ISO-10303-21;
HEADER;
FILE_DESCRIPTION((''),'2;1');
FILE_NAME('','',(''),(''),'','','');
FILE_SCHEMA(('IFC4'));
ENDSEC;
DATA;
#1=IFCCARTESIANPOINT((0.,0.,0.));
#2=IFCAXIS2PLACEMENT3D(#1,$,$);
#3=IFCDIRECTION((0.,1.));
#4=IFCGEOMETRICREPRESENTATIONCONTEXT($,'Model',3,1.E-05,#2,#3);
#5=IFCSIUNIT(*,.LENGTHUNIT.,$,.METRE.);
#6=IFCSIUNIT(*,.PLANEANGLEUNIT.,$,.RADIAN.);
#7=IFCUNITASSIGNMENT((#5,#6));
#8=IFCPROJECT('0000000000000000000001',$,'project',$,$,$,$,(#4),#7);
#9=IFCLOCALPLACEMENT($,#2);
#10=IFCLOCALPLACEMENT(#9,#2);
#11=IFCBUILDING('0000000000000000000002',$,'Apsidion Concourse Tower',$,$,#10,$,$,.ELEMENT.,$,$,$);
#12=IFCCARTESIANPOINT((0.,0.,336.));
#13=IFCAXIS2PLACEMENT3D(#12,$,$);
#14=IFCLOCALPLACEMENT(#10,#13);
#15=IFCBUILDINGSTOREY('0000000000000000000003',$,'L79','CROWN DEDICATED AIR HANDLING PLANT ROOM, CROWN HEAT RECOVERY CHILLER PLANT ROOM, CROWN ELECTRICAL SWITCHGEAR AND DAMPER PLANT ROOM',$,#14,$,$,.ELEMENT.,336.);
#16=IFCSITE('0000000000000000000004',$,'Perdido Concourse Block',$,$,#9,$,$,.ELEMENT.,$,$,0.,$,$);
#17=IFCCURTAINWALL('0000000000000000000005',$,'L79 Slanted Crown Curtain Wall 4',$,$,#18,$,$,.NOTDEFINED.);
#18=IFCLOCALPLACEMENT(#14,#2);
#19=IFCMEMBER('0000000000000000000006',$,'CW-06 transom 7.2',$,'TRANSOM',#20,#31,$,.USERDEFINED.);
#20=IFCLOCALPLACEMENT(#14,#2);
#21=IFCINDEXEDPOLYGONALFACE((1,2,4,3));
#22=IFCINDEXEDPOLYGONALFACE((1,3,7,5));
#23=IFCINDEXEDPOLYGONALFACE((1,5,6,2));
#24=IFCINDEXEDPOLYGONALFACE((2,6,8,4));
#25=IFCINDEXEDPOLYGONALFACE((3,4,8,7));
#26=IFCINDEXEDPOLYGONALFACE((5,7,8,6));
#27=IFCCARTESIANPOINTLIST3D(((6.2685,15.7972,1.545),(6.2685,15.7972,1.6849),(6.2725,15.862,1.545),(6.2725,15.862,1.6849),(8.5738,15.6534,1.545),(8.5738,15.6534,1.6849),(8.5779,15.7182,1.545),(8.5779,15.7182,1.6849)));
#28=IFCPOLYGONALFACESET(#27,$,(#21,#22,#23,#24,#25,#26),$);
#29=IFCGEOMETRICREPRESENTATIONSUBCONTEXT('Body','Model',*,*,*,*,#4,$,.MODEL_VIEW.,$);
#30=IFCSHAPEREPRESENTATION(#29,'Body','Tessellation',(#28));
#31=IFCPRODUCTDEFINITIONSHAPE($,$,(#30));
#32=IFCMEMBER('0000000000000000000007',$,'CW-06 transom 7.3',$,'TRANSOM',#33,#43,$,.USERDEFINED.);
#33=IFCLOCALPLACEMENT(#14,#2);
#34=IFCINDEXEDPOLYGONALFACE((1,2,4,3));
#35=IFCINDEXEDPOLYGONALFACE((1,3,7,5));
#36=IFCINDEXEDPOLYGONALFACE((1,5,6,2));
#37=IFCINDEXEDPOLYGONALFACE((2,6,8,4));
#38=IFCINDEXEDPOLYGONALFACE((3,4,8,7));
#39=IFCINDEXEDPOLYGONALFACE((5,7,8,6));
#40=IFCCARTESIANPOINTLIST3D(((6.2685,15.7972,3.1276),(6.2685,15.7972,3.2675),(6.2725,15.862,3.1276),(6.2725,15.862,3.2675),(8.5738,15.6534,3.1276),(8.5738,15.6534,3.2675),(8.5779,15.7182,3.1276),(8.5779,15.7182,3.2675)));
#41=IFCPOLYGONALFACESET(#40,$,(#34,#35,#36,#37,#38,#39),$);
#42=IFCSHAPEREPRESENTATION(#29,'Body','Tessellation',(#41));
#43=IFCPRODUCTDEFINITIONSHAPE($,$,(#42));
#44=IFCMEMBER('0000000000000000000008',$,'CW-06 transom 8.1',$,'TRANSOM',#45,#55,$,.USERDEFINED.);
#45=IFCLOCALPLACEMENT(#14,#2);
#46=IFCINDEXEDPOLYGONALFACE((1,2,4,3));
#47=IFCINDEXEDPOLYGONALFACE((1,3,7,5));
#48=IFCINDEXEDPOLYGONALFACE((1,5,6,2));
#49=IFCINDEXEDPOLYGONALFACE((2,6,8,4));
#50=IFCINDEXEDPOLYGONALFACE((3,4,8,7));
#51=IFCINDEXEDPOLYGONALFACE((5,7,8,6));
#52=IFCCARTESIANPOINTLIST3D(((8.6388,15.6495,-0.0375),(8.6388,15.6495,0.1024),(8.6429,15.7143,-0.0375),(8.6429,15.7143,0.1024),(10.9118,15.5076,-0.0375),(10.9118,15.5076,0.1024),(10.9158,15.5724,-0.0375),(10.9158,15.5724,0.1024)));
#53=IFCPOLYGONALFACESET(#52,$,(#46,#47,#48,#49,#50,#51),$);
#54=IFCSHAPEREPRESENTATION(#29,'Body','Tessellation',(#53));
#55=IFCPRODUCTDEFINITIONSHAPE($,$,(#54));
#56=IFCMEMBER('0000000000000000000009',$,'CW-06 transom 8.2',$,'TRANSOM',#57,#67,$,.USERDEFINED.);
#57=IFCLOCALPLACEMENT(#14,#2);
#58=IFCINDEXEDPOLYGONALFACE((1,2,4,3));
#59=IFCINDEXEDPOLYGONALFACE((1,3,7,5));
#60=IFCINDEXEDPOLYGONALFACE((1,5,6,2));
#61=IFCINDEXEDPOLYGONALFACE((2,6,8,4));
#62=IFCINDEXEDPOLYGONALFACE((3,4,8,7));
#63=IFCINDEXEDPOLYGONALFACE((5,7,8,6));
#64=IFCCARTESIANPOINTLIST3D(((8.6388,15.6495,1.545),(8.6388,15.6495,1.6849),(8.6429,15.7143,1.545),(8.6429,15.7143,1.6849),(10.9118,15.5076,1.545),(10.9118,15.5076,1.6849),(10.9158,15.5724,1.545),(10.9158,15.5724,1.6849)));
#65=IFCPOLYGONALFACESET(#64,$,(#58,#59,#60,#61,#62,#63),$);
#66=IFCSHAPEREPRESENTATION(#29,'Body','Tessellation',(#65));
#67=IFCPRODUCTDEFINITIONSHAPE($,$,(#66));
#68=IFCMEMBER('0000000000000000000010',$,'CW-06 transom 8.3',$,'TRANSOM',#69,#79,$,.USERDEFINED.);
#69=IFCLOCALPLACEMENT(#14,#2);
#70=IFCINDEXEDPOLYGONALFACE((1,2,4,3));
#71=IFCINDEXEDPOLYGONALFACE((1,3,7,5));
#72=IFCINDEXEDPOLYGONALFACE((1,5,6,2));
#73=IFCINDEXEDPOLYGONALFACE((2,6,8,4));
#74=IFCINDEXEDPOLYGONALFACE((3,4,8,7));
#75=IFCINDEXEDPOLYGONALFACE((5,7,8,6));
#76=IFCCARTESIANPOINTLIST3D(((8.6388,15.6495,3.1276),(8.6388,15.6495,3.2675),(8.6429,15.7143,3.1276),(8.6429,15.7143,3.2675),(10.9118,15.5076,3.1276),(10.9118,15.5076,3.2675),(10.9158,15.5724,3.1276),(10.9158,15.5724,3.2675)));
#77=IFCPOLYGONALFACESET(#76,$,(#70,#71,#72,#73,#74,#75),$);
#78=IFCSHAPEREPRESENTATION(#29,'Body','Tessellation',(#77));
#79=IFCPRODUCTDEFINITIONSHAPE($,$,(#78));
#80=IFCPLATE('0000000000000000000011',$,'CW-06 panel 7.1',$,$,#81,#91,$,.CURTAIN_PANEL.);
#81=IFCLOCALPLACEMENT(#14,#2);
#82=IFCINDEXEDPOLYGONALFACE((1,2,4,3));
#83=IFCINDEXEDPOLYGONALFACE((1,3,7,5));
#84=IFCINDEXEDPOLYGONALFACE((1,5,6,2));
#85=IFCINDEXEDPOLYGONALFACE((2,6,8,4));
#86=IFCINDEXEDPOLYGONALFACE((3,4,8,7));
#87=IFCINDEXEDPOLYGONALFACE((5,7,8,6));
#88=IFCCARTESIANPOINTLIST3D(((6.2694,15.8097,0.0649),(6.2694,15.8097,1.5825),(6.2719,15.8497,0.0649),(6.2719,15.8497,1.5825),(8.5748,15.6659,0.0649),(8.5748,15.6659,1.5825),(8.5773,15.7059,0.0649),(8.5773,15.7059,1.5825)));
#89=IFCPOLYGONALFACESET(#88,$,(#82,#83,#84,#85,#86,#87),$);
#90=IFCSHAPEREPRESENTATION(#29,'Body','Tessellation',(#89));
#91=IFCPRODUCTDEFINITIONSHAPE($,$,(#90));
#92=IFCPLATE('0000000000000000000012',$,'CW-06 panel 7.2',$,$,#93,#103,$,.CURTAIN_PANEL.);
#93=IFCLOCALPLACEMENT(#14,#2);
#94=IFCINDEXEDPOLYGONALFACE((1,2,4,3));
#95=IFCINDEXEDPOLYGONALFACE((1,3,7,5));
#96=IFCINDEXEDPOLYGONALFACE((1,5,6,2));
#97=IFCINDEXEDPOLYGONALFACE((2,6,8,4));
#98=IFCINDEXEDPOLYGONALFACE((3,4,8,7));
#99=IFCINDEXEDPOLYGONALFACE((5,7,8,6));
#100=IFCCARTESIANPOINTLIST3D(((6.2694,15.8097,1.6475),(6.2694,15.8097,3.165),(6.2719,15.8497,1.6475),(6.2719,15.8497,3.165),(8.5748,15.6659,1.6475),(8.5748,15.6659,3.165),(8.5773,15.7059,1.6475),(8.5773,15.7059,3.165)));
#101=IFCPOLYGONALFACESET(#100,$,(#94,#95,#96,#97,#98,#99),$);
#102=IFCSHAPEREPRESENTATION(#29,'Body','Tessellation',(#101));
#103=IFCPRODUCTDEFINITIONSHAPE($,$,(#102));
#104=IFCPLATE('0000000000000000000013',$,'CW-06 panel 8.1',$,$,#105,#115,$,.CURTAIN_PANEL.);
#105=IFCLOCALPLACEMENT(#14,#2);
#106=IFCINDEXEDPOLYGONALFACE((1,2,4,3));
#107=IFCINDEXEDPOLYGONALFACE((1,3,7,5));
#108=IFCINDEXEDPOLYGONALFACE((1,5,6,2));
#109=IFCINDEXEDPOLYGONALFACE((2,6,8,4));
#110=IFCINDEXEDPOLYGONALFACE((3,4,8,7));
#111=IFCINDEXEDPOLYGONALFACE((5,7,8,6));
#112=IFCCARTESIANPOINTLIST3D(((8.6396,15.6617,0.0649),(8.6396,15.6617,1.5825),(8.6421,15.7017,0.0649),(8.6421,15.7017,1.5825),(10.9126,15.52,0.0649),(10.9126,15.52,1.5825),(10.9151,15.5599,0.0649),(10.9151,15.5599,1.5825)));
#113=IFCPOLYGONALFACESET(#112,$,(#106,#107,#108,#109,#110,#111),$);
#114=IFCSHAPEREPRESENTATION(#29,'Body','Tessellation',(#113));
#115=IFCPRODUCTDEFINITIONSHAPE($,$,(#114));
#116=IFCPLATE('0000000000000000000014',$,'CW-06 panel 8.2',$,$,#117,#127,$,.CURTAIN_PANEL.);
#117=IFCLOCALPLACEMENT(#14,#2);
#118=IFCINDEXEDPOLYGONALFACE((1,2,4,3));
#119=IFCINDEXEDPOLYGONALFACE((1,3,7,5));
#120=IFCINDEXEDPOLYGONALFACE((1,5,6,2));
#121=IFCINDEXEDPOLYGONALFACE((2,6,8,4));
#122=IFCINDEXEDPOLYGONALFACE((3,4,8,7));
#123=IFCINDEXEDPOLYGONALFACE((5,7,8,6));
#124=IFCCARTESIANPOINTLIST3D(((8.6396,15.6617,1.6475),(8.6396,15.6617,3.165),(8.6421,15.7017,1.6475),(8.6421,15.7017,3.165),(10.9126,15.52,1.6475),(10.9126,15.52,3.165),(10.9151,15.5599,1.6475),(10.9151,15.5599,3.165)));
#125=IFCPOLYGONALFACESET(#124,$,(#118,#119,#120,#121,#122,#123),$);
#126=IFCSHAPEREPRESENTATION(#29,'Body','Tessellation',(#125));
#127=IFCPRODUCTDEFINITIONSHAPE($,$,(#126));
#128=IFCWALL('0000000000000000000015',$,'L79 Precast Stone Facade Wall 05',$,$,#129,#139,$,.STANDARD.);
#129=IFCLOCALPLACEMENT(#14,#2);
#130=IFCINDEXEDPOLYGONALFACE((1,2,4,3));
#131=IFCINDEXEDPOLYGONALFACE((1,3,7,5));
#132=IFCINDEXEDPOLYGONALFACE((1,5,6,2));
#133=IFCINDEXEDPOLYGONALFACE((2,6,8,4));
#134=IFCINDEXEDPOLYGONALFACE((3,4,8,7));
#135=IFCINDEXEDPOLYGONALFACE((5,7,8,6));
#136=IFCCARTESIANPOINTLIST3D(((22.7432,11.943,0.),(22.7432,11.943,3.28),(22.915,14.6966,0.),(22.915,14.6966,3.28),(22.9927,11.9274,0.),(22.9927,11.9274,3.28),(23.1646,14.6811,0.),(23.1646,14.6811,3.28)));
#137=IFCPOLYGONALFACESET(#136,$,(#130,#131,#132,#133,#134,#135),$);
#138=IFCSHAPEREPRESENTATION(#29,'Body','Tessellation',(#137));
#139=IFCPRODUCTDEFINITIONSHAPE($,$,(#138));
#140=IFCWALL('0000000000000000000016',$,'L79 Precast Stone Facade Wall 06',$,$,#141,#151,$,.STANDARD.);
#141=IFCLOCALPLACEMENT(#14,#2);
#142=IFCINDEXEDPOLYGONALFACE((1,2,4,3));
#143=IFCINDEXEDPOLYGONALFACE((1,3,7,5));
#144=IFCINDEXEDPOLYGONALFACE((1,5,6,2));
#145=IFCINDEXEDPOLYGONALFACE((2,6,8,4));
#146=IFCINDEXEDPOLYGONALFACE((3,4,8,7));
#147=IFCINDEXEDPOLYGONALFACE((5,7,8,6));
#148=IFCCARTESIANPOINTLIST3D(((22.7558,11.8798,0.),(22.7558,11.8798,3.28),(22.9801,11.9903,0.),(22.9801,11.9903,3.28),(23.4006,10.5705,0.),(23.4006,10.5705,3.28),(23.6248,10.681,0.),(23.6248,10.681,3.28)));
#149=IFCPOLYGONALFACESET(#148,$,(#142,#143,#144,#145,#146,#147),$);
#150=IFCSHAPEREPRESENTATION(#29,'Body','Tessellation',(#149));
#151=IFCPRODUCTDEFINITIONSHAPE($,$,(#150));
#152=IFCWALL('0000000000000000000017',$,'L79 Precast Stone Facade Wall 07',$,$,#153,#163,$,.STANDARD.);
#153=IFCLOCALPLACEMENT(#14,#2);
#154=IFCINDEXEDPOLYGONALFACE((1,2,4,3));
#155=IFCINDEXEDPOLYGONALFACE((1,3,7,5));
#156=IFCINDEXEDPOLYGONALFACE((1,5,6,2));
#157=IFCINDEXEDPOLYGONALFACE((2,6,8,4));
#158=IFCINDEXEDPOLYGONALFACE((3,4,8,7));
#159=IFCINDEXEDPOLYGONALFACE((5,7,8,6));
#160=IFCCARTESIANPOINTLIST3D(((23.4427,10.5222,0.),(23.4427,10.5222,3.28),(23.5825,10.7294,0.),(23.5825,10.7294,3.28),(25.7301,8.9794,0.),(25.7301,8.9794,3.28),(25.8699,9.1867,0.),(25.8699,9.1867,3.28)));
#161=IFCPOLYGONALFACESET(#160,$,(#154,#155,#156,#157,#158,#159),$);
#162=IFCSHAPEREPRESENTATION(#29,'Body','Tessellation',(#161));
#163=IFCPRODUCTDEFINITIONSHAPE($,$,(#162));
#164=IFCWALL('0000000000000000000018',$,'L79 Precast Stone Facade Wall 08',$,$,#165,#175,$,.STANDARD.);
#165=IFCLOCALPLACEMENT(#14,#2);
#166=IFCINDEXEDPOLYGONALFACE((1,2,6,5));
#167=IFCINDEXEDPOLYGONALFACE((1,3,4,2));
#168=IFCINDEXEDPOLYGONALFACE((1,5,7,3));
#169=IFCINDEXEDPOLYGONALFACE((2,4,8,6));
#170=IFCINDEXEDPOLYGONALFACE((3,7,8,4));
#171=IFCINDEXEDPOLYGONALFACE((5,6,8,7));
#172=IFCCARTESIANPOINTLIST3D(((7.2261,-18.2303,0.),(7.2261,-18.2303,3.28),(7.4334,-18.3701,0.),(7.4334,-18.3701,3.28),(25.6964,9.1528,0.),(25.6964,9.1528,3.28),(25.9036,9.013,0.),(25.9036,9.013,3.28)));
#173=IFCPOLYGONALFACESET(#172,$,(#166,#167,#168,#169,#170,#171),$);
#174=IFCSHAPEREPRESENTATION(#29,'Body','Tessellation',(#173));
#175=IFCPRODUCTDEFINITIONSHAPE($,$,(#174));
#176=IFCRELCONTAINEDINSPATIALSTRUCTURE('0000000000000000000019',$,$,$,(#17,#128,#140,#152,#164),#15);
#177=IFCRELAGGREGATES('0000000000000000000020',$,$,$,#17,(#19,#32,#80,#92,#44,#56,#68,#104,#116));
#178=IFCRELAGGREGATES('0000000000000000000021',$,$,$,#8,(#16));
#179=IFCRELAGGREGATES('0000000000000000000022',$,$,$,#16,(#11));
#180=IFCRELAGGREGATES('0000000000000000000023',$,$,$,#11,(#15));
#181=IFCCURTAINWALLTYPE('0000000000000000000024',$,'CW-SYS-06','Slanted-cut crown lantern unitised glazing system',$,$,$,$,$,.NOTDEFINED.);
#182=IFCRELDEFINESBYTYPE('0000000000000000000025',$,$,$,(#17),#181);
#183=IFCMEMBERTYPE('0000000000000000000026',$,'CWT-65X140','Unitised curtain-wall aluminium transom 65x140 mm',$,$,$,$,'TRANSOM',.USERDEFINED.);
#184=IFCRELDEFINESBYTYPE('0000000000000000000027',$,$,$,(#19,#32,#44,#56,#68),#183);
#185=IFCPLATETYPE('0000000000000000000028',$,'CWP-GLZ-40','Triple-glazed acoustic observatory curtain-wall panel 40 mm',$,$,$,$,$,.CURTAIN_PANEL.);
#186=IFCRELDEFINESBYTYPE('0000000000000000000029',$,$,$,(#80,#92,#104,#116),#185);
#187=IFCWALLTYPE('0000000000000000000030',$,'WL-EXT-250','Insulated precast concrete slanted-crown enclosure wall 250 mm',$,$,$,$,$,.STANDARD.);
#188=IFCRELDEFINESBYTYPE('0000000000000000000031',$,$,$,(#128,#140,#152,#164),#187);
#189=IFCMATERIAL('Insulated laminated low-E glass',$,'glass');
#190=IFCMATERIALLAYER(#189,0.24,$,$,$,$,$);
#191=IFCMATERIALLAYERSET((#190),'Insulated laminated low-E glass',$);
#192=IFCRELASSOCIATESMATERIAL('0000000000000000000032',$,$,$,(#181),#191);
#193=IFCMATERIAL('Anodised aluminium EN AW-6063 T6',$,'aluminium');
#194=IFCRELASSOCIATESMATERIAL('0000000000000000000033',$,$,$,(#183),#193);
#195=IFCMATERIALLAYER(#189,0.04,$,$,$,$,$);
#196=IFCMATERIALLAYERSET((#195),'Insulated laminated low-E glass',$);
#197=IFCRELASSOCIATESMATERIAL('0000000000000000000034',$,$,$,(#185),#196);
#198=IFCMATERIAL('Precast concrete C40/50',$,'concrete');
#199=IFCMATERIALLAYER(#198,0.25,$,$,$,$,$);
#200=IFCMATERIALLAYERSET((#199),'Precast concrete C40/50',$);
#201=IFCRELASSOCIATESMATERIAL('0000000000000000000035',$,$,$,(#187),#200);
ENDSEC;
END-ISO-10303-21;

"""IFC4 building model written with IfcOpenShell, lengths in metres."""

from ifc_helpers import new_model, si_unit, direction, frame, frame_2d, origin, origin_2d, place, context, subcontext, project, spatial, rectangle, extrude, material, layer, layer_set, material_profile, profile_set, type_object, element, aggregate, save


model = new_model("IFC4")

# Units and contexts
model_context = context("Model", 3, precision=1e-05, world=origin(), true_north=direction((0.0, 1.0)))
body_context = subcontext(model_context, "Body", "Model", "MODEL_VIEW")
ifc_project = project(units=[si_unit("LENGTHUNIT", "METRE"), si_unit("PLANEANGLEUNIT", "RADIAN")], contexts=[model_context])

# Site, building, storey
site_placement = place(None, origin())
site = spatial("IfcSite", under=ifc_project, at=site_placement, Name="Perdido Concourse Block", CompositionType="ELEMENT", RefElevation=0.0)
building_placement = place(site_placement, origin())
building = spatial("IfcBuilding", under=site, at=building_placement, Name="Apsidion Concourse Tower", CompositionType="ELEMENT")
storey_placement = place(building_placement, frame((0.0, 0.0, 336.0)))
storey = spatial("IfcBuildingStorey", under=building, at=storey_placement, Name="L79", Description="CROWN DEDICATED AIR HANDLING PLANT ROOM, CROWN HEAT RECOVERY CHILLER PLANT ROOM, CROWN ELECTRICAL SWITCHGEAR AND DAMPER PLANT ROOM", CompositionType="ELEMENT", Elevation=336.0)

# Curtain wall, members, plates
ifc_material_1 = material(Name="Insulated laminated low-E glass", Category="glass")
ifc_layer_1 = layer(ifc_material_1, 0.24)
ifc_layer_set_1 = layer_set([ifc_layer_1], Name="Insulated laminated low-E glass")
curtain_wall_type = type_object("IfcCurtainWallType", Name="CW-SYS-06", Description="Slanted-cut crown lantern unitised glazing system", PredefinedType="NOTDEFINED", material=ifc_layer_set_1)
curtain_wall_placement = place(storey_placement, origin())
curtain_wall = element("IfcCurtainWall", 1, at=curtain_wall_placement, inside=storey, type_object=curtain_wall_type, Name="L79 Slanted Crown Curtain Wall 4", PredefinedType="NOTDEFINED")
ifc_material_2 = material(Name="Anodised aluminium EN AW-6063 T6", Category="aluminium")
ifc_material_profile_1 = material_profile(ifc_material_2, rectangle(XDim=0.0649, YDim=0.1399, at=origin_2d()), Name="ALU TRANSOM 65x140")
ifc_profile_set_1 = profile_set([ifc_material_profile_1], Name="Anodised aluminium EN AW-6063 T6")
member_type_1 = type_object("IfcMemberType", Name="CWT-65X140", Description="Unitised curtain-wall aluminium transom 65x140 mm", ElementType="TRANSOM", PredefinedType="USERDEFINED", material=ifc_profile_set_1)
member_1_placement = place(storey_placement, frame((6.2705, 15.8296, 1.615), z_axis=(0.99806, -0.062253, 0.0), x_axis=(0.062253, 0.99806, 0.0)))
member_1 = element("IfcMember", 2, at=member_1_placement, type_object=member_type_1, Name="CW-06 transom 7.2", ObjectType="TRANSOM", PredefinedType="USERDEFINED", context=body_context, shape_type="SweptSolid", body=[
    extrude(rectangle(XDim=0.0649, YDim=0.1399, at=origin_2d()), origin(), (0.0, 0.0, 1.0), 2.3098),
])
member_2_placement = place(storey_placement, frame((6.2705, 15.8296, 3.1975), z_axis=(0.99806, -0.062253, 0.0), x_axis=(0.062253, 0.99806, 0.0)))
member_2 = element("IfcMember", 3, at=member_2_placement, type_object=member_type_1, Name="CW-06 transom 7.3", ObjectType="TRANSOM", PredefinedType="USERDEFINED", context=body_context, shape_type="SweptSolid", body=[
    extrude(rectangle(XDim=0.0649, YDim=0.1399, at=origin_2d()), origin(), (0.0, 0.0, 1.0), 2.3098),
])
member_3_placement = place(storey_placement, frame((8.6409, 15.6819, 0.0325), z_axis=(0.998058, -0.062285, 0.0), x_axis=(0.062285, 0.998058, 0.0)))
member_3 = element("IfcMember", 4, at=member_3_placement, type_object=member_type_1, Name="CW-06 transom 8.1", ObjectType="TRANSOM", PredefinedType="USERDEFINED", context=body_context, shape_type="SweptSolid", body=[
    extrude(rectangle(XDim=0.0649, YDim=0.1399, at=origin_2d()), origin(), (0.0, 0.0, 1.0), 2.2773),
])
member_4_placement = place(storey_placement, frame((8.6409, 15.6819, 1.615), z_axis=(0.998058, -0.062285, 0.0), x_axis=(0.062285, 0.998058, 0.0)))
member_4 = element("IfcMember", 5, at=member_4_placement, type_object=member_type_1, Name="CW-06 transom 8.2", ObjectType="TRANSOM", PredefinedType="USERDEFINED", context=body_context, shape_type="SweptSolid", body=[
    extrude(rectangle(XDim=0.0649, YDim=0.1399, at=origin_2d()), origin(), (0.0, 0.0, 1.0), 2.2773),
])
member_5_placement = place(storey_placement, frame((8.6409, 15.6819, 3.1975), z_axis=(0.998058, -0.062285, 0.0), x_axis=(0.062285, 0.998058, 0.0)))
member_5 = element("IfcMember", 6, at=member_5_placement, type_object=member_type_1, Name="CW-06 transom 8.3", ObjectType="TRANSOM", PredefinedType="USERDEFINED", context=body_context, shape_type="SweptSolid", body=[
    extrude(rectangle(XDim=0.0649, YDim=0.1399, at=origin_2d()), origin(), (0.0, 0.0, 1.0), 2.2773),
])
ifc_layer_2 = layer(ifc_material_1, 0.04)
ifc_layer_set_2 = layer_set([ifc_layer_2], Name="Insulated laminated low-E glass")
plate_type = type_object("IfcPlateType", Name="CWP-GLZ-40", Description="Triple-glazed acoustic observatory curtain-wall panel 40 mm", PredefinedType="CURTAIN_PANEL", material=ifc_layer_set_2)
plate_1_placement = place(storey_placement, frame((7.4233, 15.7578, 0.0649), z_axis=(0.0, 0.0, 1.0), x_axis=(0.998061, -0.062245, 0.0)))
plate_1 = element("IfcPlate", 7, at=plate_1_placement, type_object=plate_type, Name="CW-06 panel 7.1", PredefinedType="CURTAIN_PANEL", context=body_context, shape_type="SweptSolid", body=[
    extrude(rectangle(XDim=2.3098, YDim=0.04, at=origin_2d()), origin(), (0.0, 0.0, 1.0), 1.5176),
])
plate_2_placement = place(storey_placement, frame((7.4233, 15.7578, 1.6475), z_axis=(0.0, 0.0, 1.0), x_axis=(0.998061, -0.062245, 0.0)))
plate_2 = element("IfcPlate", 8, at=plate_2_placement, type_object=plate_type, Name="CW-06 panel 7.2", PredefinedType="CURTAIN_PANEL", context=body_context, shape_type="SweptSolid", body=[
    extrude(rectangle(XDim=2.3098, YDim=0.04, at=origin_2d()), origin(), (0.0, 0.0, 1.0), 1.5176),
])
plate_3_placement = place(storey_placement, frame((9.7773, 15.6108, 0.0649), z_axis=(0.0, 0.0, 1.0), x_axis=(0.998061, -0.062245, 0.0)))
plate_3 = element("IfcPlate", 9, at=plate_3_placement, type_object=plate_type, Name="CW-06 panel 8.1", PredefinedType="CURTAIN_PANEL", context=body_context, shape_type="SweptSolid", body=[
    extrude(rectangle(XDim=2.2773, YDim=0.04, at=origin_2d()), origin(), (0.0, 0.0, 1.0), 1.5176),
])
plate_4_placement = place(storey_placement, frame((9.7773, 15.6108, 1.6475), z_axis=(0.0, 0.0, 1.0), x_axis=(0.998061, -0.062245, 0.0)))
plate_4 = element("IfcPlate", 10, at=plate_4_placement, type_object=plate_type, Name="CW-06 panel 8.2", PredefinedType="CURTAIN_PANEL", context=body_context, shape_type="SweptSolid", body=[
    extrude(rectangle(XDim=2.2773, YDim=0.04, at=origin_2d()), origin(), (0.0, 0.0, 1.0), 1.5176),
])
aggregate(curtain_wall, [member_1, member_2, plate_1, plate_2, member_3, member_4, member_5, plate_3, plate_4])

# Walls
ifc_material_3 = material(Name="Precast concrete C40/50", Category="concrete")
ifc_layer_3 = layer(ifc_material_3, 0.25)
ifc_layer_set_3 = layer_set([ifc_layer_3], Name="Precast concrete C40/50")
wall_type_1 = type_object("IfcWallType", Name="WL-EXT-250", Description="Insulated precast concrete slanted-crown enclosure wall 250 mm", PredefinedType="STANDARD", material=ifc_layer_set_3)
wall_1_placement = place(storey_placement, frame((23.0398, 14.6887, 0.0), z_axis=(0.0, 0.0, 1.0), x_axis=(-0.062296, -0.998058, 0.0)))
element("IfcWall", 11, at=wall_1_placement, inside=storey, type_object=wall_type_1, Name="L79 Precast Stone Facade Wall 05", PredefinedType="STANDARD", context=body_context, shape_type="SweptSolid", body=[
    extrude(rectangle(XDim=2.759, YDim=0.25, at=frame_2d((1.3794, 0.0))), origin(), (0.0, 0.0, 1.0), 3.28),
])
wall_2_placement = place(storey_placement, frame((22.8679, 11.9351, 0.0), z_axis=(0.0, 0.0, 1.0), x_axis=(0.441786, -0.897121, 0.0)))
element("IfcWall", 12, at=wall_2_placement, inside=storey, type_object=wall_type_1, Name="L79 Precast Stone Facade Wall 06", PredefinedType="STANDARD", context=body_context, shape_type="SweptSolid", body=[
    extrude(rectangle(XDim=1.4595, YDim=0.25, at=frame_2d((0.7297, 0.0))), origin(), (0.0, 0.0, 1.0), 3.28),
])
wall_3_placement = place(storey_placement, frame((23.5127, 10.6257, 0.0), z_axis=(0.0, 0.0, 1.0), x_axis=(0.829057, -0.559164, 0.0)))
element("IfcWall", 13, at=wall_3_placement, inside=storey, type_object=wall_type_1, Name="L79 Precast Stone Facade Wall 07", PredefinedType="STANDARD", context=body_context, shape_type="SweptSolid", body=[
    extrude(rectangle(XDim=2.759, YDim=0.25, at=frame_2d((1.3794, 0.0))), origin(), (0.0, 0.0, 1.0), 3.28),
])
wall_4_placement = place(storey_placement, frame((25.8, 9.083, 0.0), z_axis=(0.0, 0.0, 1.0), x_axis=(-0.559195, -0.829036, 0.0)))
element("IfcWall", 14, at=wall_4_placement, inside=storey, type_object=wall_type_1, Name="L79 Precast Stone Facade Wall 08", PredefinedType="STANDARD", context=body_context, shape_type="SweptSolid", body=[
    extrude(rectangle(XDim=33.03, YDim=0.25, at=frame_2d((16.5151, 0.0))), origin(), (0.0, 0.0, 1.0), 3.28),
])

save(model, "model.ifc")
